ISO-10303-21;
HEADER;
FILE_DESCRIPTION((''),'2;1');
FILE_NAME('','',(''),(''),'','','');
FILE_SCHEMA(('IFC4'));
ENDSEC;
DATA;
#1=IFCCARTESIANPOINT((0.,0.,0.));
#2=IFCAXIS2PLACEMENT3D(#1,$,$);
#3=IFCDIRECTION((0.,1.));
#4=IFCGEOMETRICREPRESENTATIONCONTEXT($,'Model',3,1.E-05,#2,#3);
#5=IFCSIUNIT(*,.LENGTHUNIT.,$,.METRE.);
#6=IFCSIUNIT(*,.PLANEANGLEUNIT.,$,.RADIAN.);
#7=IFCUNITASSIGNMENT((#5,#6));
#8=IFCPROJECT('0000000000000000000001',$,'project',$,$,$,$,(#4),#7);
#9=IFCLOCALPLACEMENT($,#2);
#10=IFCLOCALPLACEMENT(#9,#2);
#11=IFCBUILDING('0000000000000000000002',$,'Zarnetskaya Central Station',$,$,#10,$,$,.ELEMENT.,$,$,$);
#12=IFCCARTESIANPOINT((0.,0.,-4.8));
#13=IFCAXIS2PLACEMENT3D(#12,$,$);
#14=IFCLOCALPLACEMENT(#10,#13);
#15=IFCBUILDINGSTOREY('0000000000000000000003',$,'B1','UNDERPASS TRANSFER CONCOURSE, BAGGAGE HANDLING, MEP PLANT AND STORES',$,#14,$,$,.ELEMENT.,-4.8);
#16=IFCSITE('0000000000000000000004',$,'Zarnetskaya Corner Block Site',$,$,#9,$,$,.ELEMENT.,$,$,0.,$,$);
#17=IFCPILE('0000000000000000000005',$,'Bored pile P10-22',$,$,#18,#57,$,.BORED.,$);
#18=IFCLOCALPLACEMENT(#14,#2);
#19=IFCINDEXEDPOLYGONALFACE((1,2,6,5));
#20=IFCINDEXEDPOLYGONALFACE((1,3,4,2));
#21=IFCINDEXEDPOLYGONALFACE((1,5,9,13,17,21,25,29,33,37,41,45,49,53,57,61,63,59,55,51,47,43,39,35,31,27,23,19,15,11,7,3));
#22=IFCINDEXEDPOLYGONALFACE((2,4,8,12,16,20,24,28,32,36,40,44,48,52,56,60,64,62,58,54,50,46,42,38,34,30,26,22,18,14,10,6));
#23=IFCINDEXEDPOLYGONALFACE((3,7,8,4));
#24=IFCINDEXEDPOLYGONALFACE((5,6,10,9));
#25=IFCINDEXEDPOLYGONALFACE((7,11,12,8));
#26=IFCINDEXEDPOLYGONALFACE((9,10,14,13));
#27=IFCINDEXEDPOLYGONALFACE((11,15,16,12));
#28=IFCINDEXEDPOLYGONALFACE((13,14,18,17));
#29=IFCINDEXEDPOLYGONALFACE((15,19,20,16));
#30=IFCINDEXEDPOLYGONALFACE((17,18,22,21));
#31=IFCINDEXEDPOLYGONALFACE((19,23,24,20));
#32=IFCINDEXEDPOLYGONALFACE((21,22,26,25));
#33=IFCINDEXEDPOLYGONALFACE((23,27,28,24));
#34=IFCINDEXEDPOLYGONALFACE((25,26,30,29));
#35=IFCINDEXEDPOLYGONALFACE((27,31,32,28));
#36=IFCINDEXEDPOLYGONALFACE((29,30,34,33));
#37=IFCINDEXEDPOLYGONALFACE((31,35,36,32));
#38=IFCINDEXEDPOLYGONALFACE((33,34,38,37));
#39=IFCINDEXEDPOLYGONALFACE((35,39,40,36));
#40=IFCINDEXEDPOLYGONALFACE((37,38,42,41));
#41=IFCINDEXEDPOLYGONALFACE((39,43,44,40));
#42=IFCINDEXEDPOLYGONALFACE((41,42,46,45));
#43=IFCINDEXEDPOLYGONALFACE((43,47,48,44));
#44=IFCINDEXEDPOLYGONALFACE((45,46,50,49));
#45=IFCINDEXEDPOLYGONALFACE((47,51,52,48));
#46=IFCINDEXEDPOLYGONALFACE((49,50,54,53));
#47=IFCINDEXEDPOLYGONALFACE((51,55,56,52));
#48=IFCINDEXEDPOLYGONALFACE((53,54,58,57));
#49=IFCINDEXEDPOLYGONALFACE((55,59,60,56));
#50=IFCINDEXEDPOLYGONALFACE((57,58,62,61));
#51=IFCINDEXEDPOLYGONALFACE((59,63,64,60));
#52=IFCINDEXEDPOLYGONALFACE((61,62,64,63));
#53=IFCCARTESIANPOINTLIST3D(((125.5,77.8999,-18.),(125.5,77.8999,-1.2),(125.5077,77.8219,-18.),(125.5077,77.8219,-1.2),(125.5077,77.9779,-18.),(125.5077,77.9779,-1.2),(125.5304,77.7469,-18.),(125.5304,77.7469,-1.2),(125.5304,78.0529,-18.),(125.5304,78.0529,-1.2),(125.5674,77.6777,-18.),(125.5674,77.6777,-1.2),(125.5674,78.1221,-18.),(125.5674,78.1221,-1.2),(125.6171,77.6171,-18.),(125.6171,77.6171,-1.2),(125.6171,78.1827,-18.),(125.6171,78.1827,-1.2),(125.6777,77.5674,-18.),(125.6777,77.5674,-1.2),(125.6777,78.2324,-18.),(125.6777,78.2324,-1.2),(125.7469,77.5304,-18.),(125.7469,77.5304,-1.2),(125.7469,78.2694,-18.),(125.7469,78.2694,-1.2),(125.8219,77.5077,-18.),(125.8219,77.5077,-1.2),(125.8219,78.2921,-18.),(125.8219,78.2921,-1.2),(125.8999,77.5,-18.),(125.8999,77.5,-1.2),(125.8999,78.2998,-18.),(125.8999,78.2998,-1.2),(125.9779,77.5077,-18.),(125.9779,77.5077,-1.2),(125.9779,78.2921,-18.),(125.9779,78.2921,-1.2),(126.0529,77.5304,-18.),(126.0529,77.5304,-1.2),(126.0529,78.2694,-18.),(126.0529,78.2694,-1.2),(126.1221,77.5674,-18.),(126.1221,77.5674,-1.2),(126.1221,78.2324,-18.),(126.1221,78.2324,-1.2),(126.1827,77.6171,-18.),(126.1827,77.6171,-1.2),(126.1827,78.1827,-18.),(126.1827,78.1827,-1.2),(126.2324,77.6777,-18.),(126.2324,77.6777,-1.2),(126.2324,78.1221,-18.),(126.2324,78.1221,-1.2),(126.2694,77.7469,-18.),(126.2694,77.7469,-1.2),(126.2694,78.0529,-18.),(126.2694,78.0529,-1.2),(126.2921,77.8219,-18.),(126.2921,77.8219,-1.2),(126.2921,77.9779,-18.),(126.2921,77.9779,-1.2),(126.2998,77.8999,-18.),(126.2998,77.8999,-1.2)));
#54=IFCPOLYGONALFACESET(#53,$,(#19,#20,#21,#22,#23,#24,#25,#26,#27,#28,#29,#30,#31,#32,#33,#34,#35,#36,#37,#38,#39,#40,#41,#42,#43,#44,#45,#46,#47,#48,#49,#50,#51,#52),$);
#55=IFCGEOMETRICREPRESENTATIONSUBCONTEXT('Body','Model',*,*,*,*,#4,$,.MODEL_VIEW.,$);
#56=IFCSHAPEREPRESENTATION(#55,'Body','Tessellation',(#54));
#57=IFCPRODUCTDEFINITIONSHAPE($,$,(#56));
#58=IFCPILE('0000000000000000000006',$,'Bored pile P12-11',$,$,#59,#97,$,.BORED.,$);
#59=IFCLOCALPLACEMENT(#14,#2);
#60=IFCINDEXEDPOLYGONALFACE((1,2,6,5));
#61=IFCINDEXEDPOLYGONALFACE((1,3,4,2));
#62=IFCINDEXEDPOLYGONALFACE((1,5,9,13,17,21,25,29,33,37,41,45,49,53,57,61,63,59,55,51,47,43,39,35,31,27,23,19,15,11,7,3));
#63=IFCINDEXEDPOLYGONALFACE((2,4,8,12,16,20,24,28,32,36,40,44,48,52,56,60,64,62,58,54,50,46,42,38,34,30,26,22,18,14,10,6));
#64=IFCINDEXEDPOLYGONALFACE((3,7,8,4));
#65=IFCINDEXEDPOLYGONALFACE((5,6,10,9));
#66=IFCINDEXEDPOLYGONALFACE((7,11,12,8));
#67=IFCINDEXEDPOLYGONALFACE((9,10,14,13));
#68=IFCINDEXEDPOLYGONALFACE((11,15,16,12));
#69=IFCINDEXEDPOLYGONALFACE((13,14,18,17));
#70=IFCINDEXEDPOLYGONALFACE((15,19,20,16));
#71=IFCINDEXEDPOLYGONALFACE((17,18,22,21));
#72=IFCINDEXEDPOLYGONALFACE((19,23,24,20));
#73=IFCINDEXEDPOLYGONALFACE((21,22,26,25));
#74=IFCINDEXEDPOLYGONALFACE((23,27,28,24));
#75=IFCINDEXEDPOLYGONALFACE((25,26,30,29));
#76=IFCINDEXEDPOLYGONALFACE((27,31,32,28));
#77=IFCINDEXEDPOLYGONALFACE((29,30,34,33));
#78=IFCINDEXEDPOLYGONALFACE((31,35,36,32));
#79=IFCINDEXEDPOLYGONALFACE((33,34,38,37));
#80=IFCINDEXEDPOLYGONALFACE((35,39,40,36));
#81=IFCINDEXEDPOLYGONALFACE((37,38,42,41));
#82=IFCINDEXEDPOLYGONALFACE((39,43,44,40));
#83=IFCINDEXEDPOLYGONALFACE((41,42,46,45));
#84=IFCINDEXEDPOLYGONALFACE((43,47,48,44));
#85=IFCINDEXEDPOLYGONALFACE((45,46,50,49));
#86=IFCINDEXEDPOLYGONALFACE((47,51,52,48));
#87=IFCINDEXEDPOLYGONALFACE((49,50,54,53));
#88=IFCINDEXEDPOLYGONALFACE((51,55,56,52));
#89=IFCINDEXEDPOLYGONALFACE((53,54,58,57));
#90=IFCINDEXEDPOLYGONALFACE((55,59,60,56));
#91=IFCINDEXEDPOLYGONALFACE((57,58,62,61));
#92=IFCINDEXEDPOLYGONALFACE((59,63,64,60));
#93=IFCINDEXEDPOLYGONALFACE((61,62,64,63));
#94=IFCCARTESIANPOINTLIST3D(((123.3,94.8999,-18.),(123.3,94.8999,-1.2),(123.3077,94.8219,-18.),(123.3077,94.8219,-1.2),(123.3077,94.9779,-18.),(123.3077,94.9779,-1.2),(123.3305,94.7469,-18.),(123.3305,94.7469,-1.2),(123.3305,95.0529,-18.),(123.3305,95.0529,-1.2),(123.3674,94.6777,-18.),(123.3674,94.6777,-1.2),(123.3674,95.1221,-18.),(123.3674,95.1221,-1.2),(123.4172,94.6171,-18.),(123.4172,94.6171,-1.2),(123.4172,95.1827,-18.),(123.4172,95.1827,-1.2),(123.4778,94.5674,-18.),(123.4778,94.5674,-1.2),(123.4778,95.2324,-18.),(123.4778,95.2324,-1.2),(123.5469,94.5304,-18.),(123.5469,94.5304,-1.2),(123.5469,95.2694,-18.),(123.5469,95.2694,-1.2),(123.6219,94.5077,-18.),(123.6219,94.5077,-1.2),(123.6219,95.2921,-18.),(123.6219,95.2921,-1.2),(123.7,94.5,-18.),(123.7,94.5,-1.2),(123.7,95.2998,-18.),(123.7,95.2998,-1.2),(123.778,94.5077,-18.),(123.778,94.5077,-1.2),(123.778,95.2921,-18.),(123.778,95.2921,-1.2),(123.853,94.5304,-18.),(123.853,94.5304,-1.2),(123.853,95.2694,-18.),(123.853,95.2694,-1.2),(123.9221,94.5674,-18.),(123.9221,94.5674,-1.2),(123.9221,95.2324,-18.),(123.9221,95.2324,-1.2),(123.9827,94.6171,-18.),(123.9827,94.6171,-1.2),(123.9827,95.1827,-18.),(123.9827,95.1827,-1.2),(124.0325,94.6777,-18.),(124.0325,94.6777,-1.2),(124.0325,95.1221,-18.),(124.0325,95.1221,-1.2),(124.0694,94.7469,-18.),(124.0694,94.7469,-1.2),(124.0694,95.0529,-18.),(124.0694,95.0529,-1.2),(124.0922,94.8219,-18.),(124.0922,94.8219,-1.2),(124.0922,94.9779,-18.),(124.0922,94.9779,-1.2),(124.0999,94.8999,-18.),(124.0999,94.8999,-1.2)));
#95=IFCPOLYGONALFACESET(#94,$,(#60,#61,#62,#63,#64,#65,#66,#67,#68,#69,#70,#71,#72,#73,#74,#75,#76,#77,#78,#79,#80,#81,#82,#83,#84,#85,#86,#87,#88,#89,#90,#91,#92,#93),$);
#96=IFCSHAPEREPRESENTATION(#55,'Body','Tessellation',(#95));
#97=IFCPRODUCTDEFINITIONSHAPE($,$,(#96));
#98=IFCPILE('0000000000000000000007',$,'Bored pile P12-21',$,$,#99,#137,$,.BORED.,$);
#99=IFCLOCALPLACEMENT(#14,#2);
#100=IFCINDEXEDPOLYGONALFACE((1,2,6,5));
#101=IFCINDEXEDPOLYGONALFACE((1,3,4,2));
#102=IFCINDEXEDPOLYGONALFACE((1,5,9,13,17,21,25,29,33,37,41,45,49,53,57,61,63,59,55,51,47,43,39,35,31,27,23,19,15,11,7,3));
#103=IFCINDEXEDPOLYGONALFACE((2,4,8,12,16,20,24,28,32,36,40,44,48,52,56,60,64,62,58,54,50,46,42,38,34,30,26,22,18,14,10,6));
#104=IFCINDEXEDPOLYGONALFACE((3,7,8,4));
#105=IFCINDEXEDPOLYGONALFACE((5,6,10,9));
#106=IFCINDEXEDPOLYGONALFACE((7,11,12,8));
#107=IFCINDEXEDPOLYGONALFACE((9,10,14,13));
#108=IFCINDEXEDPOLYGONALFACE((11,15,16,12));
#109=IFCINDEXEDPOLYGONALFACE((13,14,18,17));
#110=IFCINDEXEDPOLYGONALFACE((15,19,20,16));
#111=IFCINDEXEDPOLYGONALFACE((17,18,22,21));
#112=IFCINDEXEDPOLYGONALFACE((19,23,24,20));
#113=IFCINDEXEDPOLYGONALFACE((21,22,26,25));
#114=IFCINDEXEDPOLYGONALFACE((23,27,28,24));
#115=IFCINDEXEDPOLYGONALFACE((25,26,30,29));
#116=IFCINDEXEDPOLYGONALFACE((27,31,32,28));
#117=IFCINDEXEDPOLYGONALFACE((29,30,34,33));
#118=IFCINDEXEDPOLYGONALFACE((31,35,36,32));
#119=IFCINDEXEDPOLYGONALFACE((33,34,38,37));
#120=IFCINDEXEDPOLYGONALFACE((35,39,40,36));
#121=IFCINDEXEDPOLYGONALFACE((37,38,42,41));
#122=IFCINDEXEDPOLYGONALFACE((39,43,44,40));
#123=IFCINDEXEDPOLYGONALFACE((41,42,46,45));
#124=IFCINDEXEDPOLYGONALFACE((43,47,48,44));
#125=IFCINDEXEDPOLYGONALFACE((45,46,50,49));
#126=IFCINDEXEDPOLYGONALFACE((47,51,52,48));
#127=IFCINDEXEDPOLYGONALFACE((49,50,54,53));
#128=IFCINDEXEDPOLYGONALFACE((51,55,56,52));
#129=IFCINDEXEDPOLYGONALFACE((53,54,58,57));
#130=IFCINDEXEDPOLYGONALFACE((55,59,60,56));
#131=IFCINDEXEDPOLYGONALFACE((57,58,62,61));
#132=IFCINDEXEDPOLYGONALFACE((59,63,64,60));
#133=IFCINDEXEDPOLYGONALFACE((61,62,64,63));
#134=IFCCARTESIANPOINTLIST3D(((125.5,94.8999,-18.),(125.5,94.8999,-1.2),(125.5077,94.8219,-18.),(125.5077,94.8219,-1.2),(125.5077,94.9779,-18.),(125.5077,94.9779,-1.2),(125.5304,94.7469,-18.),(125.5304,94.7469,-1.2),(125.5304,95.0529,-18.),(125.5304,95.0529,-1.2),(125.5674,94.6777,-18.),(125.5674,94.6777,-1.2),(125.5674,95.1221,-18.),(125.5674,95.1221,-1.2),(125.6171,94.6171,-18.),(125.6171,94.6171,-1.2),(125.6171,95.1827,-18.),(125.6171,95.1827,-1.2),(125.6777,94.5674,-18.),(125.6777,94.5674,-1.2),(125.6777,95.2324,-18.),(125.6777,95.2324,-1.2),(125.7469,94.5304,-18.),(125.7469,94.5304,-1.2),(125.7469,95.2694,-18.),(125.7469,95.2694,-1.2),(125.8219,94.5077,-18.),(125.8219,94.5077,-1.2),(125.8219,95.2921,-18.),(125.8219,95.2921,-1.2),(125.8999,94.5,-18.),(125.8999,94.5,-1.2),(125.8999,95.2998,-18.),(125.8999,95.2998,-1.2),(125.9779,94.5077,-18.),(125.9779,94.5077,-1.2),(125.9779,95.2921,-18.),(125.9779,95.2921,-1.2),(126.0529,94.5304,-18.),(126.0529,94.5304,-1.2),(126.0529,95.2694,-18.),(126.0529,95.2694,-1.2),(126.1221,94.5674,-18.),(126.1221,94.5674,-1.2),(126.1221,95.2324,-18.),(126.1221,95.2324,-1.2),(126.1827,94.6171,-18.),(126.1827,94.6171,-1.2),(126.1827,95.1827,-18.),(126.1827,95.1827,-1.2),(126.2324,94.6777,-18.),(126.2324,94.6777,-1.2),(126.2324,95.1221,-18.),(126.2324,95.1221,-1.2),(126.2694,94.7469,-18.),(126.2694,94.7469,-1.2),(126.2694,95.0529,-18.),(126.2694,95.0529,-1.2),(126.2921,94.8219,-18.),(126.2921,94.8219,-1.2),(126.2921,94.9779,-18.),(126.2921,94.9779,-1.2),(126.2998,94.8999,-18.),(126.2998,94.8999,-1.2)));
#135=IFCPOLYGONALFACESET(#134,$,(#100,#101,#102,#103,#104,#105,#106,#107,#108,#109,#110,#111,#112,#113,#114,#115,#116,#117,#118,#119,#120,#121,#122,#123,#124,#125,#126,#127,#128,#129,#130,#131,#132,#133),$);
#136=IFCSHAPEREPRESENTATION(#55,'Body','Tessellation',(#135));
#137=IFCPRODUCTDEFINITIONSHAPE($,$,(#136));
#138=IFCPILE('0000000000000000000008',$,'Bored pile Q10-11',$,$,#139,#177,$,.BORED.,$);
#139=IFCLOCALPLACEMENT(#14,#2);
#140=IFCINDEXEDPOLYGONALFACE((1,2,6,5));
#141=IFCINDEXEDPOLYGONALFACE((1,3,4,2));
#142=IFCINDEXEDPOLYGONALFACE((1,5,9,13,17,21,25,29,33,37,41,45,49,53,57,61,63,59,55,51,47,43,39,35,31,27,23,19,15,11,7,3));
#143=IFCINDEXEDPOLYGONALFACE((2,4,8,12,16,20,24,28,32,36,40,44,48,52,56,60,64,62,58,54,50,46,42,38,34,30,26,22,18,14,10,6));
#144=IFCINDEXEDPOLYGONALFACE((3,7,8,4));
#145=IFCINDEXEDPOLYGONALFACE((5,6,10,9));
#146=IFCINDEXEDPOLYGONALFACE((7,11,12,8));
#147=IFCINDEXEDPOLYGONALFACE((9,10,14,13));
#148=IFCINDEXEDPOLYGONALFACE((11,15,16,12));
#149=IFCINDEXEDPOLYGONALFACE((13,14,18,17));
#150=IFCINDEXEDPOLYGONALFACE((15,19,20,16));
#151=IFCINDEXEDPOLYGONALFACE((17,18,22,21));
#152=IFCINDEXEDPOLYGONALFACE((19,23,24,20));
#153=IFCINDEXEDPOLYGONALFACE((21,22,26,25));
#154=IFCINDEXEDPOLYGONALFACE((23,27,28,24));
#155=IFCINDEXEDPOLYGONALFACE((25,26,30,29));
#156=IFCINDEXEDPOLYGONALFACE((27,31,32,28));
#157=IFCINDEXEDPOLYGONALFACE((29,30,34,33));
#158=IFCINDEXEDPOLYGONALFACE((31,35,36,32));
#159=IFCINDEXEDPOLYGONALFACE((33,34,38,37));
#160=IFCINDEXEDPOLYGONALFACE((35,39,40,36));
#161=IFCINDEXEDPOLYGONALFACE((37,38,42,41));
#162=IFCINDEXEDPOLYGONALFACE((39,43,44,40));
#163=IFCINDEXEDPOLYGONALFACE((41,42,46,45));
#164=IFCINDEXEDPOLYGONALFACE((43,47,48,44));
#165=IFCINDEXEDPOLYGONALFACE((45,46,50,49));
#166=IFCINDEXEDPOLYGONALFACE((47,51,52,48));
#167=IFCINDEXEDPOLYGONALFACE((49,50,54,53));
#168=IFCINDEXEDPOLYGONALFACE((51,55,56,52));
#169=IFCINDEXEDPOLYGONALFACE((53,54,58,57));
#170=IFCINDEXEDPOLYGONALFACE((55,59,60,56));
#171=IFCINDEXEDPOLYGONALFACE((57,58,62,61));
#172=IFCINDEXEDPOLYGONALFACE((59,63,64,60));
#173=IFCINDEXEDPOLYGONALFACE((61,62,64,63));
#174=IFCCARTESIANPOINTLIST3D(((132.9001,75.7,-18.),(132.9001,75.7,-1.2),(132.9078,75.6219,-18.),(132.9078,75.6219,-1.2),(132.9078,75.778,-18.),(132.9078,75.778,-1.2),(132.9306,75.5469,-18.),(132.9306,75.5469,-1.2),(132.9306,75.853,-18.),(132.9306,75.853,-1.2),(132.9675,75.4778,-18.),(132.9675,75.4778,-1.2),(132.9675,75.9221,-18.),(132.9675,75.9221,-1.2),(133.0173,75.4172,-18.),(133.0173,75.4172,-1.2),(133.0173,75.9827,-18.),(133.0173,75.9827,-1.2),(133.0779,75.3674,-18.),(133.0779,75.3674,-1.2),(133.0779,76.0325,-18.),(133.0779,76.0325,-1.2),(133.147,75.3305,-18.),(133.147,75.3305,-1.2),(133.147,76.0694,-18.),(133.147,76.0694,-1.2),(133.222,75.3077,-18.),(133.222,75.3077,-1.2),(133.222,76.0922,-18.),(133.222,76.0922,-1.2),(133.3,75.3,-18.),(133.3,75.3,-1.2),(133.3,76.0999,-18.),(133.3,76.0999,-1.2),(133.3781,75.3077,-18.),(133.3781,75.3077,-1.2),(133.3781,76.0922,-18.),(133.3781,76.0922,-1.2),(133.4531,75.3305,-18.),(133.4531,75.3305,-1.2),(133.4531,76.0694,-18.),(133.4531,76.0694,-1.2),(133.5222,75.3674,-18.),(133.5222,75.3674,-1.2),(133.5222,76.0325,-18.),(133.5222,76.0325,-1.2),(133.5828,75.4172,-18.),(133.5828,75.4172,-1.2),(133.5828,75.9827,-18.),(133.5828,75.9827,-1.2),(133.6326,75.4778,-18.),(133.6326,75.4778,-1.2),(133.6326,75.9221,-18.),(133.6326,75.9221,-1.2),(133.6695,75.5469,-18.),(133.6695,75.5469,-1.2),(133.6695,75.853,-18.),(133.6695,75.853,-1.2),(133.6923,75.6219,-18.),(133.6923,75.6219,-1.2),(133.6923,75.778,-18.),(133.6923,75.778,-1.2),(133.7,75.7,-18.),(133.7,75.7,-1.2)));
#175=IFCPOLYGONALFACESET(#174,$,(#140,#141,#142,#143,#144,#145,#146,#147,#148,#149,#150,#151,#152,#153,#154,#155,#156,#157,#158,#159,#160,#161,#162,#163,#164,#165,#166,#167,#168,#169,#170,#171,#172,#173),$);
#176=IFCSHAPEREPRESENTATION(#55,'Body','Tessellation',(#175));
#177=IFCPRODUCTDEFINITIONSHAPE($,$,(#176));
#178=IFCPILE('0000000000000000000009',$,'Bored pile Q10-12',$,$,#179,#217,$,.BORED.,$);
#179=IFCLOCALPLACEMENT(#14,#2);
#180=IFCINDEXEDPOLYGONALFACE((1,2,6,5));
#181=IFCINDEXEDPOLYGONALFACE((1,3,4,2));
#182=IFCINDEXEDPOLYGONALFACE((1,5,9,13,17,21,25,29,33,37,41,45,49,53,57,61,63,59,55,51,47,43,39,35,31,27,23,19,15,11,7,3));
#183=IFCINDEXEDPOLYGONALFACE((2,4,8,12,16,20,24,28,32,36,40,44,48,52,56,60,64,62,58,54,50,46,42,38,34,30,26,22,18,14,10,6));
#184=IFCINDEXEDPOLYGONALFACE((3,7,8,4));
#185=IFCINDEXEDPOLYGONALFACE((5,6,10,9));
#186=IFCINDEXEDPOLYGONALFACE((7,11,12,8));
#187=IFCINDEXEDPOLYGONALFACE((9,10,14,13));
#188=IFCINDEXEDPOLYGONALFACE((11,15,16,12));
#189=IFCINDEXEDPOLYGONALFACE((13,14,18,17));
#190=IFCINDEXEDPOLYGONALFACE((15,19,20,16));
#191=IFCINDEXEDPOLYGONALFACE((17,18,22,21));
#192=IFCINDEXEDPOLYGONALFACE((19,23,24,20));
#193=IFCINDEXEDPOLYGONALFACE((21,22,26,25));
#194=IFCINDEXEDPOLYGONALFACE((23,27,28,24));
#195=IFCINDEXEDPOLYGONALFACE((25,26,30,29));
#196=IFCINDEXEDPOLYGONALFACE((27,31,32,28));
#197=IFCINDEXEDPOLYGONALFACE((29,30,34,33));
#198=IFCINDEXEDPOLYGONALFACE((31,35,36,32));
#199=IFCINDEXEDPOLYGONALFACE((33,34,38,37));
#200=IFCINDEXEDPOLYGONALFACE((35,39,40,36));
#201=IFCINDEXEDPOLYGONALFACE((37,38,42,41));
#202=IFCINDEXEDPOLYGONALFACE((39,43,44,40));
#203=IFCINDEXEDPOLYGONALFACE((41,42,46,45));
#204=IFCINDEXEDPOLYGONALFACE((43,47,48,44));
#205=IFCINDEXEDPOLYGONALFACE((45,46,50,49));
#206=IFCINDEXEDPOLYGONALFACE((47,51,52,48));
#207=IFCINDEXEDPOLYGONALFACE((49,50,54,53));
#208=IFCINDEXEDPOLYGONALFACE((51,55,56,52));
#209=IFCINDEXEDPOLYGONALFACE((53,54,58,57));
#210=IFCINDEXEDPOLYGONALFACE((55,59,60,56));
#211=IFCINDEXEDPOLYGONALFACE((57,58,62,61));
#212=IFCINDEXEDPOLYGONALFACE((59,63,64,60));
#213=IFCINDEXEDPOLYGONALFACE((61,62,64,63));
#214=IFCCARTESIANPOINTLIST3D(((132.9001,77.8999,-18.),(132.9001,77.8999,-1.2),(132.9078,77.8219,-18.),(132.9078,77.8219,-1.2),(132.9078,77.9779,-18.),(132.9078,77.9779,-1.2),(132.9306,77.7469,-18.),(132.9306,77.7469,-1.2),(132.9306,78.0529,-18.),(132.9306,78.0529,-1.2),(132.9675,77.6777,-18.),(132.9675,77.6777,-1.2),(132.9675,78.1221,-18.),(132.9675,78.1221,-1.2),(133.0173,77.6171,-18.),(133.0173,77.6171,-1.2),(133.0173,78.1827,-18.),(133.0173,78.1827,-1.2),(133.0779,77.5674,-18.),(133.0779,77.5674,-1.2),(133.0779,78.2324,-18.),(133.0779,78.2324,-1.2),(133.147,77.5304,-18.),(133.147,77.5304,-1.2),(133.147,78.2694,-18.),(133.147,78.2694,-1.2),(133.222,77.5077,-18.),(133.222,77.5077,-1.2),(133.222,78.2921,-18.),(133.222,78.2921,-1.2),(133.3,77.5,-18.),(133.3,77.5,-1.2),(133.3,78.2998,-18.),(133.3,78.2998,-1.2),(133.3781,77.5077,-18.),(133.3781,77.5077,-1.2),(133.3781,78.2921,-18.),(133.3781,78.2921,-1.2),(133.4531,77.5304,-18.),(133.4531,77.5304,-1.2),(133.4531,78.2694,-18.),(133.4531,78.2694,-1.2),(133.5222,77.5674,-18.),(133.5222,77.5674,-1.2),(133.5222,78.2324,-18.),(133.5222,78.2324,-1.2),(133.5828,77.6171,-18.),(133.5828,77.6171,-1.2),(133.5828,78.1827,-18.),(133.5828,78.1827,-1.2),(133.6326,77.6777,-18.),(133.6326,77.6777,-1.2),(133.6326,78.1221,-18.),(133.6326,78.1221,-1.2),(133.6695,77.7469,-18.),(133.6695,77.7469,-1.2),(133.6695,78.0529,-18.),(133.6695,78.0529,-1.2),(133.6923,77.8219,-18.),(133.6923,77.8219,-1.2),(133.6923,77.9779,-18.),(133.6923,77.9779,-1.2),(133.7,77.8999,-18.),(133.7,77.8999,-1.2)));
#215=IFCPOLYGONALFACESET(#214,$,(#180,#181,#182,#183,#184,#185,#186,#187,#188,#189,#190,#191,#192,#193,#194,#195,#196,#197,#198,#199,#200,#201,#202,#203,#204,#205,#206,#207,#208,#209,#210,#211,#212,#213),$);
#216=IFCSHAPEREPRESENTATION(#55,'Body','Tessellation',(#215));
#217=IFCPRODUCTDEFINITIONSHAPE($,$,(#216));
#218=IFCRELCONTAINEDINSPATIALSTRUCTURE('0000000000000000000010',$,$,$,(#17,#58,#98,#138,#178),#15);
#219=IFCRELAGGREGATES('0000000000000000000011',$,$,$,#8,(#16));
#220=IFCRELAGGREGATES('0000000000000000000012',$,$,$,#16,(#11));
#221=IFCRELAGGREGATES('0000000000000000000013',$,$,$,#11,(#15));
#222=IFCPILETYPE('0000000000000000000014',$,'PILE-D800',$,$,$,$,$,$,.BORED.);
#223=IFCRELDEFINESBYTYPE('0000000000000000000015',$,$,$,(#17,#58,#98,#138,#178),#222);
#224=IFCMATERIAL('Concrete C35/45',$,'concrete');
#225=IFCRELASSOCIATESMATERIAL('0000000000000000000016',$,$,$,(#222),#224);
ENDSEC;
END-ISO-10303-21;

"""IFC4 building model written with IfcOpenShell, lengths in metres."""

from ifc_helpers import new_model, si_unit, direction, frame, origin, origin_2d, place, context, subcontext, project, spatial, circle, extrude, material, material_profile, profile_set, type_object, element, save


model = new_model("IFC4")

# Units and contexts
model_context = context("Model", 3, precision=1e-05, world=origin(), true_north=direction((0.0, 1.0)))
body_context = subcontext(model_context, "Body", "Model", "MODEL_VIEW")
ifc_project = project(units=[si_unit("LENGTHUNIT", "METRE"), si_unit("PLANEANGLEUNIT", "RADIAN")], contexts=[model_context])

# Site, building, storey
site_placement = place(None, origin())
site = spatial("IfcSite", under=ifc_project, at=site_placement, Name="Zarnetskaya Corner Block Site", CompositionType="ELEMENT", RefElevation=0.0)
building_placement = place(site_placement, origin())
building = spatial("IfcBuilding", under=site, at=building_placement, Name="Zarnetskaya Central Station", CompositionType="ELEMENT")
storey_placement = place(building_placement, frame((0.0, 0.0, -4.8)))
storey = spatial("IfcBuildingStorey", under=building, at=storey_placement, Name="B1", Description="UNDERPASS TRANSFER CONCOURSE, BAGGAGE HANDLING, MEP PLANT AND STORES", CompositionType="ELEMENT", Elevation=-4.8)

# Shared definitions
ifc_material = material(Name="Concrete C35/45", Category="concrete")

# Piles
ifc_material_profile_1 = material_profile(ifc_material, circle(Radius=0.3999, at=origin_2d()), Name="BORED PILE D800")
ifc_profile_set_1 = profile_set([ifc_material_profile_1], Name="Concrete C35/45")
pile_type_1 = type_object("IfcPileType", Name="PILE-D800", PredefinedType="BORED", material=ifc_profile_set_1)
for number, where, z_axis, x_axis, name in (
    (1, (125.8999, 77.8999, -1.2), (0.0, 0.0, -1.0), (1.0, 0.0, 0.0), "Bored pile P10-22"),
    (2, (123.7, 94.8999, -1.2), (0.0, 0.0, -1.0), (1.0, 0.0, 0.0), "Bored pile P12-11"),
    (3, (125.8999, 94.8999, -1.2), (0.0, 0.0, -1.0), (1.0, 0.0, 0.0), "Bored pile P12-21"),
    (4, (133.3, 75.7, -1.2), (0.0, 0.0, -1.0), (1.0, 0.0, 0.0), "Bored pile Q10-11"),
    (5, (133.3, 77.8999, -1.2), (0.0, 0.0, -1.0), (1.0, 0.0, 0.0), "Bored pile Q10-12"),
):
    element("IfcPile", number, at=place(storey_placement, frame(where, z_axis=z_axis, x_axis=x_axis)), inside=storey, type_object=pile_type_1, Name=name, PredefinedType="BORED", context=body_context, shape_type="SweptSolid", body=[
        extrude(circle(Radius=0.3999, at=origin_2d()), origin(), (0.0, 0.0, 1.0), 16.8),
    ])

save(model, "model.ifc")
